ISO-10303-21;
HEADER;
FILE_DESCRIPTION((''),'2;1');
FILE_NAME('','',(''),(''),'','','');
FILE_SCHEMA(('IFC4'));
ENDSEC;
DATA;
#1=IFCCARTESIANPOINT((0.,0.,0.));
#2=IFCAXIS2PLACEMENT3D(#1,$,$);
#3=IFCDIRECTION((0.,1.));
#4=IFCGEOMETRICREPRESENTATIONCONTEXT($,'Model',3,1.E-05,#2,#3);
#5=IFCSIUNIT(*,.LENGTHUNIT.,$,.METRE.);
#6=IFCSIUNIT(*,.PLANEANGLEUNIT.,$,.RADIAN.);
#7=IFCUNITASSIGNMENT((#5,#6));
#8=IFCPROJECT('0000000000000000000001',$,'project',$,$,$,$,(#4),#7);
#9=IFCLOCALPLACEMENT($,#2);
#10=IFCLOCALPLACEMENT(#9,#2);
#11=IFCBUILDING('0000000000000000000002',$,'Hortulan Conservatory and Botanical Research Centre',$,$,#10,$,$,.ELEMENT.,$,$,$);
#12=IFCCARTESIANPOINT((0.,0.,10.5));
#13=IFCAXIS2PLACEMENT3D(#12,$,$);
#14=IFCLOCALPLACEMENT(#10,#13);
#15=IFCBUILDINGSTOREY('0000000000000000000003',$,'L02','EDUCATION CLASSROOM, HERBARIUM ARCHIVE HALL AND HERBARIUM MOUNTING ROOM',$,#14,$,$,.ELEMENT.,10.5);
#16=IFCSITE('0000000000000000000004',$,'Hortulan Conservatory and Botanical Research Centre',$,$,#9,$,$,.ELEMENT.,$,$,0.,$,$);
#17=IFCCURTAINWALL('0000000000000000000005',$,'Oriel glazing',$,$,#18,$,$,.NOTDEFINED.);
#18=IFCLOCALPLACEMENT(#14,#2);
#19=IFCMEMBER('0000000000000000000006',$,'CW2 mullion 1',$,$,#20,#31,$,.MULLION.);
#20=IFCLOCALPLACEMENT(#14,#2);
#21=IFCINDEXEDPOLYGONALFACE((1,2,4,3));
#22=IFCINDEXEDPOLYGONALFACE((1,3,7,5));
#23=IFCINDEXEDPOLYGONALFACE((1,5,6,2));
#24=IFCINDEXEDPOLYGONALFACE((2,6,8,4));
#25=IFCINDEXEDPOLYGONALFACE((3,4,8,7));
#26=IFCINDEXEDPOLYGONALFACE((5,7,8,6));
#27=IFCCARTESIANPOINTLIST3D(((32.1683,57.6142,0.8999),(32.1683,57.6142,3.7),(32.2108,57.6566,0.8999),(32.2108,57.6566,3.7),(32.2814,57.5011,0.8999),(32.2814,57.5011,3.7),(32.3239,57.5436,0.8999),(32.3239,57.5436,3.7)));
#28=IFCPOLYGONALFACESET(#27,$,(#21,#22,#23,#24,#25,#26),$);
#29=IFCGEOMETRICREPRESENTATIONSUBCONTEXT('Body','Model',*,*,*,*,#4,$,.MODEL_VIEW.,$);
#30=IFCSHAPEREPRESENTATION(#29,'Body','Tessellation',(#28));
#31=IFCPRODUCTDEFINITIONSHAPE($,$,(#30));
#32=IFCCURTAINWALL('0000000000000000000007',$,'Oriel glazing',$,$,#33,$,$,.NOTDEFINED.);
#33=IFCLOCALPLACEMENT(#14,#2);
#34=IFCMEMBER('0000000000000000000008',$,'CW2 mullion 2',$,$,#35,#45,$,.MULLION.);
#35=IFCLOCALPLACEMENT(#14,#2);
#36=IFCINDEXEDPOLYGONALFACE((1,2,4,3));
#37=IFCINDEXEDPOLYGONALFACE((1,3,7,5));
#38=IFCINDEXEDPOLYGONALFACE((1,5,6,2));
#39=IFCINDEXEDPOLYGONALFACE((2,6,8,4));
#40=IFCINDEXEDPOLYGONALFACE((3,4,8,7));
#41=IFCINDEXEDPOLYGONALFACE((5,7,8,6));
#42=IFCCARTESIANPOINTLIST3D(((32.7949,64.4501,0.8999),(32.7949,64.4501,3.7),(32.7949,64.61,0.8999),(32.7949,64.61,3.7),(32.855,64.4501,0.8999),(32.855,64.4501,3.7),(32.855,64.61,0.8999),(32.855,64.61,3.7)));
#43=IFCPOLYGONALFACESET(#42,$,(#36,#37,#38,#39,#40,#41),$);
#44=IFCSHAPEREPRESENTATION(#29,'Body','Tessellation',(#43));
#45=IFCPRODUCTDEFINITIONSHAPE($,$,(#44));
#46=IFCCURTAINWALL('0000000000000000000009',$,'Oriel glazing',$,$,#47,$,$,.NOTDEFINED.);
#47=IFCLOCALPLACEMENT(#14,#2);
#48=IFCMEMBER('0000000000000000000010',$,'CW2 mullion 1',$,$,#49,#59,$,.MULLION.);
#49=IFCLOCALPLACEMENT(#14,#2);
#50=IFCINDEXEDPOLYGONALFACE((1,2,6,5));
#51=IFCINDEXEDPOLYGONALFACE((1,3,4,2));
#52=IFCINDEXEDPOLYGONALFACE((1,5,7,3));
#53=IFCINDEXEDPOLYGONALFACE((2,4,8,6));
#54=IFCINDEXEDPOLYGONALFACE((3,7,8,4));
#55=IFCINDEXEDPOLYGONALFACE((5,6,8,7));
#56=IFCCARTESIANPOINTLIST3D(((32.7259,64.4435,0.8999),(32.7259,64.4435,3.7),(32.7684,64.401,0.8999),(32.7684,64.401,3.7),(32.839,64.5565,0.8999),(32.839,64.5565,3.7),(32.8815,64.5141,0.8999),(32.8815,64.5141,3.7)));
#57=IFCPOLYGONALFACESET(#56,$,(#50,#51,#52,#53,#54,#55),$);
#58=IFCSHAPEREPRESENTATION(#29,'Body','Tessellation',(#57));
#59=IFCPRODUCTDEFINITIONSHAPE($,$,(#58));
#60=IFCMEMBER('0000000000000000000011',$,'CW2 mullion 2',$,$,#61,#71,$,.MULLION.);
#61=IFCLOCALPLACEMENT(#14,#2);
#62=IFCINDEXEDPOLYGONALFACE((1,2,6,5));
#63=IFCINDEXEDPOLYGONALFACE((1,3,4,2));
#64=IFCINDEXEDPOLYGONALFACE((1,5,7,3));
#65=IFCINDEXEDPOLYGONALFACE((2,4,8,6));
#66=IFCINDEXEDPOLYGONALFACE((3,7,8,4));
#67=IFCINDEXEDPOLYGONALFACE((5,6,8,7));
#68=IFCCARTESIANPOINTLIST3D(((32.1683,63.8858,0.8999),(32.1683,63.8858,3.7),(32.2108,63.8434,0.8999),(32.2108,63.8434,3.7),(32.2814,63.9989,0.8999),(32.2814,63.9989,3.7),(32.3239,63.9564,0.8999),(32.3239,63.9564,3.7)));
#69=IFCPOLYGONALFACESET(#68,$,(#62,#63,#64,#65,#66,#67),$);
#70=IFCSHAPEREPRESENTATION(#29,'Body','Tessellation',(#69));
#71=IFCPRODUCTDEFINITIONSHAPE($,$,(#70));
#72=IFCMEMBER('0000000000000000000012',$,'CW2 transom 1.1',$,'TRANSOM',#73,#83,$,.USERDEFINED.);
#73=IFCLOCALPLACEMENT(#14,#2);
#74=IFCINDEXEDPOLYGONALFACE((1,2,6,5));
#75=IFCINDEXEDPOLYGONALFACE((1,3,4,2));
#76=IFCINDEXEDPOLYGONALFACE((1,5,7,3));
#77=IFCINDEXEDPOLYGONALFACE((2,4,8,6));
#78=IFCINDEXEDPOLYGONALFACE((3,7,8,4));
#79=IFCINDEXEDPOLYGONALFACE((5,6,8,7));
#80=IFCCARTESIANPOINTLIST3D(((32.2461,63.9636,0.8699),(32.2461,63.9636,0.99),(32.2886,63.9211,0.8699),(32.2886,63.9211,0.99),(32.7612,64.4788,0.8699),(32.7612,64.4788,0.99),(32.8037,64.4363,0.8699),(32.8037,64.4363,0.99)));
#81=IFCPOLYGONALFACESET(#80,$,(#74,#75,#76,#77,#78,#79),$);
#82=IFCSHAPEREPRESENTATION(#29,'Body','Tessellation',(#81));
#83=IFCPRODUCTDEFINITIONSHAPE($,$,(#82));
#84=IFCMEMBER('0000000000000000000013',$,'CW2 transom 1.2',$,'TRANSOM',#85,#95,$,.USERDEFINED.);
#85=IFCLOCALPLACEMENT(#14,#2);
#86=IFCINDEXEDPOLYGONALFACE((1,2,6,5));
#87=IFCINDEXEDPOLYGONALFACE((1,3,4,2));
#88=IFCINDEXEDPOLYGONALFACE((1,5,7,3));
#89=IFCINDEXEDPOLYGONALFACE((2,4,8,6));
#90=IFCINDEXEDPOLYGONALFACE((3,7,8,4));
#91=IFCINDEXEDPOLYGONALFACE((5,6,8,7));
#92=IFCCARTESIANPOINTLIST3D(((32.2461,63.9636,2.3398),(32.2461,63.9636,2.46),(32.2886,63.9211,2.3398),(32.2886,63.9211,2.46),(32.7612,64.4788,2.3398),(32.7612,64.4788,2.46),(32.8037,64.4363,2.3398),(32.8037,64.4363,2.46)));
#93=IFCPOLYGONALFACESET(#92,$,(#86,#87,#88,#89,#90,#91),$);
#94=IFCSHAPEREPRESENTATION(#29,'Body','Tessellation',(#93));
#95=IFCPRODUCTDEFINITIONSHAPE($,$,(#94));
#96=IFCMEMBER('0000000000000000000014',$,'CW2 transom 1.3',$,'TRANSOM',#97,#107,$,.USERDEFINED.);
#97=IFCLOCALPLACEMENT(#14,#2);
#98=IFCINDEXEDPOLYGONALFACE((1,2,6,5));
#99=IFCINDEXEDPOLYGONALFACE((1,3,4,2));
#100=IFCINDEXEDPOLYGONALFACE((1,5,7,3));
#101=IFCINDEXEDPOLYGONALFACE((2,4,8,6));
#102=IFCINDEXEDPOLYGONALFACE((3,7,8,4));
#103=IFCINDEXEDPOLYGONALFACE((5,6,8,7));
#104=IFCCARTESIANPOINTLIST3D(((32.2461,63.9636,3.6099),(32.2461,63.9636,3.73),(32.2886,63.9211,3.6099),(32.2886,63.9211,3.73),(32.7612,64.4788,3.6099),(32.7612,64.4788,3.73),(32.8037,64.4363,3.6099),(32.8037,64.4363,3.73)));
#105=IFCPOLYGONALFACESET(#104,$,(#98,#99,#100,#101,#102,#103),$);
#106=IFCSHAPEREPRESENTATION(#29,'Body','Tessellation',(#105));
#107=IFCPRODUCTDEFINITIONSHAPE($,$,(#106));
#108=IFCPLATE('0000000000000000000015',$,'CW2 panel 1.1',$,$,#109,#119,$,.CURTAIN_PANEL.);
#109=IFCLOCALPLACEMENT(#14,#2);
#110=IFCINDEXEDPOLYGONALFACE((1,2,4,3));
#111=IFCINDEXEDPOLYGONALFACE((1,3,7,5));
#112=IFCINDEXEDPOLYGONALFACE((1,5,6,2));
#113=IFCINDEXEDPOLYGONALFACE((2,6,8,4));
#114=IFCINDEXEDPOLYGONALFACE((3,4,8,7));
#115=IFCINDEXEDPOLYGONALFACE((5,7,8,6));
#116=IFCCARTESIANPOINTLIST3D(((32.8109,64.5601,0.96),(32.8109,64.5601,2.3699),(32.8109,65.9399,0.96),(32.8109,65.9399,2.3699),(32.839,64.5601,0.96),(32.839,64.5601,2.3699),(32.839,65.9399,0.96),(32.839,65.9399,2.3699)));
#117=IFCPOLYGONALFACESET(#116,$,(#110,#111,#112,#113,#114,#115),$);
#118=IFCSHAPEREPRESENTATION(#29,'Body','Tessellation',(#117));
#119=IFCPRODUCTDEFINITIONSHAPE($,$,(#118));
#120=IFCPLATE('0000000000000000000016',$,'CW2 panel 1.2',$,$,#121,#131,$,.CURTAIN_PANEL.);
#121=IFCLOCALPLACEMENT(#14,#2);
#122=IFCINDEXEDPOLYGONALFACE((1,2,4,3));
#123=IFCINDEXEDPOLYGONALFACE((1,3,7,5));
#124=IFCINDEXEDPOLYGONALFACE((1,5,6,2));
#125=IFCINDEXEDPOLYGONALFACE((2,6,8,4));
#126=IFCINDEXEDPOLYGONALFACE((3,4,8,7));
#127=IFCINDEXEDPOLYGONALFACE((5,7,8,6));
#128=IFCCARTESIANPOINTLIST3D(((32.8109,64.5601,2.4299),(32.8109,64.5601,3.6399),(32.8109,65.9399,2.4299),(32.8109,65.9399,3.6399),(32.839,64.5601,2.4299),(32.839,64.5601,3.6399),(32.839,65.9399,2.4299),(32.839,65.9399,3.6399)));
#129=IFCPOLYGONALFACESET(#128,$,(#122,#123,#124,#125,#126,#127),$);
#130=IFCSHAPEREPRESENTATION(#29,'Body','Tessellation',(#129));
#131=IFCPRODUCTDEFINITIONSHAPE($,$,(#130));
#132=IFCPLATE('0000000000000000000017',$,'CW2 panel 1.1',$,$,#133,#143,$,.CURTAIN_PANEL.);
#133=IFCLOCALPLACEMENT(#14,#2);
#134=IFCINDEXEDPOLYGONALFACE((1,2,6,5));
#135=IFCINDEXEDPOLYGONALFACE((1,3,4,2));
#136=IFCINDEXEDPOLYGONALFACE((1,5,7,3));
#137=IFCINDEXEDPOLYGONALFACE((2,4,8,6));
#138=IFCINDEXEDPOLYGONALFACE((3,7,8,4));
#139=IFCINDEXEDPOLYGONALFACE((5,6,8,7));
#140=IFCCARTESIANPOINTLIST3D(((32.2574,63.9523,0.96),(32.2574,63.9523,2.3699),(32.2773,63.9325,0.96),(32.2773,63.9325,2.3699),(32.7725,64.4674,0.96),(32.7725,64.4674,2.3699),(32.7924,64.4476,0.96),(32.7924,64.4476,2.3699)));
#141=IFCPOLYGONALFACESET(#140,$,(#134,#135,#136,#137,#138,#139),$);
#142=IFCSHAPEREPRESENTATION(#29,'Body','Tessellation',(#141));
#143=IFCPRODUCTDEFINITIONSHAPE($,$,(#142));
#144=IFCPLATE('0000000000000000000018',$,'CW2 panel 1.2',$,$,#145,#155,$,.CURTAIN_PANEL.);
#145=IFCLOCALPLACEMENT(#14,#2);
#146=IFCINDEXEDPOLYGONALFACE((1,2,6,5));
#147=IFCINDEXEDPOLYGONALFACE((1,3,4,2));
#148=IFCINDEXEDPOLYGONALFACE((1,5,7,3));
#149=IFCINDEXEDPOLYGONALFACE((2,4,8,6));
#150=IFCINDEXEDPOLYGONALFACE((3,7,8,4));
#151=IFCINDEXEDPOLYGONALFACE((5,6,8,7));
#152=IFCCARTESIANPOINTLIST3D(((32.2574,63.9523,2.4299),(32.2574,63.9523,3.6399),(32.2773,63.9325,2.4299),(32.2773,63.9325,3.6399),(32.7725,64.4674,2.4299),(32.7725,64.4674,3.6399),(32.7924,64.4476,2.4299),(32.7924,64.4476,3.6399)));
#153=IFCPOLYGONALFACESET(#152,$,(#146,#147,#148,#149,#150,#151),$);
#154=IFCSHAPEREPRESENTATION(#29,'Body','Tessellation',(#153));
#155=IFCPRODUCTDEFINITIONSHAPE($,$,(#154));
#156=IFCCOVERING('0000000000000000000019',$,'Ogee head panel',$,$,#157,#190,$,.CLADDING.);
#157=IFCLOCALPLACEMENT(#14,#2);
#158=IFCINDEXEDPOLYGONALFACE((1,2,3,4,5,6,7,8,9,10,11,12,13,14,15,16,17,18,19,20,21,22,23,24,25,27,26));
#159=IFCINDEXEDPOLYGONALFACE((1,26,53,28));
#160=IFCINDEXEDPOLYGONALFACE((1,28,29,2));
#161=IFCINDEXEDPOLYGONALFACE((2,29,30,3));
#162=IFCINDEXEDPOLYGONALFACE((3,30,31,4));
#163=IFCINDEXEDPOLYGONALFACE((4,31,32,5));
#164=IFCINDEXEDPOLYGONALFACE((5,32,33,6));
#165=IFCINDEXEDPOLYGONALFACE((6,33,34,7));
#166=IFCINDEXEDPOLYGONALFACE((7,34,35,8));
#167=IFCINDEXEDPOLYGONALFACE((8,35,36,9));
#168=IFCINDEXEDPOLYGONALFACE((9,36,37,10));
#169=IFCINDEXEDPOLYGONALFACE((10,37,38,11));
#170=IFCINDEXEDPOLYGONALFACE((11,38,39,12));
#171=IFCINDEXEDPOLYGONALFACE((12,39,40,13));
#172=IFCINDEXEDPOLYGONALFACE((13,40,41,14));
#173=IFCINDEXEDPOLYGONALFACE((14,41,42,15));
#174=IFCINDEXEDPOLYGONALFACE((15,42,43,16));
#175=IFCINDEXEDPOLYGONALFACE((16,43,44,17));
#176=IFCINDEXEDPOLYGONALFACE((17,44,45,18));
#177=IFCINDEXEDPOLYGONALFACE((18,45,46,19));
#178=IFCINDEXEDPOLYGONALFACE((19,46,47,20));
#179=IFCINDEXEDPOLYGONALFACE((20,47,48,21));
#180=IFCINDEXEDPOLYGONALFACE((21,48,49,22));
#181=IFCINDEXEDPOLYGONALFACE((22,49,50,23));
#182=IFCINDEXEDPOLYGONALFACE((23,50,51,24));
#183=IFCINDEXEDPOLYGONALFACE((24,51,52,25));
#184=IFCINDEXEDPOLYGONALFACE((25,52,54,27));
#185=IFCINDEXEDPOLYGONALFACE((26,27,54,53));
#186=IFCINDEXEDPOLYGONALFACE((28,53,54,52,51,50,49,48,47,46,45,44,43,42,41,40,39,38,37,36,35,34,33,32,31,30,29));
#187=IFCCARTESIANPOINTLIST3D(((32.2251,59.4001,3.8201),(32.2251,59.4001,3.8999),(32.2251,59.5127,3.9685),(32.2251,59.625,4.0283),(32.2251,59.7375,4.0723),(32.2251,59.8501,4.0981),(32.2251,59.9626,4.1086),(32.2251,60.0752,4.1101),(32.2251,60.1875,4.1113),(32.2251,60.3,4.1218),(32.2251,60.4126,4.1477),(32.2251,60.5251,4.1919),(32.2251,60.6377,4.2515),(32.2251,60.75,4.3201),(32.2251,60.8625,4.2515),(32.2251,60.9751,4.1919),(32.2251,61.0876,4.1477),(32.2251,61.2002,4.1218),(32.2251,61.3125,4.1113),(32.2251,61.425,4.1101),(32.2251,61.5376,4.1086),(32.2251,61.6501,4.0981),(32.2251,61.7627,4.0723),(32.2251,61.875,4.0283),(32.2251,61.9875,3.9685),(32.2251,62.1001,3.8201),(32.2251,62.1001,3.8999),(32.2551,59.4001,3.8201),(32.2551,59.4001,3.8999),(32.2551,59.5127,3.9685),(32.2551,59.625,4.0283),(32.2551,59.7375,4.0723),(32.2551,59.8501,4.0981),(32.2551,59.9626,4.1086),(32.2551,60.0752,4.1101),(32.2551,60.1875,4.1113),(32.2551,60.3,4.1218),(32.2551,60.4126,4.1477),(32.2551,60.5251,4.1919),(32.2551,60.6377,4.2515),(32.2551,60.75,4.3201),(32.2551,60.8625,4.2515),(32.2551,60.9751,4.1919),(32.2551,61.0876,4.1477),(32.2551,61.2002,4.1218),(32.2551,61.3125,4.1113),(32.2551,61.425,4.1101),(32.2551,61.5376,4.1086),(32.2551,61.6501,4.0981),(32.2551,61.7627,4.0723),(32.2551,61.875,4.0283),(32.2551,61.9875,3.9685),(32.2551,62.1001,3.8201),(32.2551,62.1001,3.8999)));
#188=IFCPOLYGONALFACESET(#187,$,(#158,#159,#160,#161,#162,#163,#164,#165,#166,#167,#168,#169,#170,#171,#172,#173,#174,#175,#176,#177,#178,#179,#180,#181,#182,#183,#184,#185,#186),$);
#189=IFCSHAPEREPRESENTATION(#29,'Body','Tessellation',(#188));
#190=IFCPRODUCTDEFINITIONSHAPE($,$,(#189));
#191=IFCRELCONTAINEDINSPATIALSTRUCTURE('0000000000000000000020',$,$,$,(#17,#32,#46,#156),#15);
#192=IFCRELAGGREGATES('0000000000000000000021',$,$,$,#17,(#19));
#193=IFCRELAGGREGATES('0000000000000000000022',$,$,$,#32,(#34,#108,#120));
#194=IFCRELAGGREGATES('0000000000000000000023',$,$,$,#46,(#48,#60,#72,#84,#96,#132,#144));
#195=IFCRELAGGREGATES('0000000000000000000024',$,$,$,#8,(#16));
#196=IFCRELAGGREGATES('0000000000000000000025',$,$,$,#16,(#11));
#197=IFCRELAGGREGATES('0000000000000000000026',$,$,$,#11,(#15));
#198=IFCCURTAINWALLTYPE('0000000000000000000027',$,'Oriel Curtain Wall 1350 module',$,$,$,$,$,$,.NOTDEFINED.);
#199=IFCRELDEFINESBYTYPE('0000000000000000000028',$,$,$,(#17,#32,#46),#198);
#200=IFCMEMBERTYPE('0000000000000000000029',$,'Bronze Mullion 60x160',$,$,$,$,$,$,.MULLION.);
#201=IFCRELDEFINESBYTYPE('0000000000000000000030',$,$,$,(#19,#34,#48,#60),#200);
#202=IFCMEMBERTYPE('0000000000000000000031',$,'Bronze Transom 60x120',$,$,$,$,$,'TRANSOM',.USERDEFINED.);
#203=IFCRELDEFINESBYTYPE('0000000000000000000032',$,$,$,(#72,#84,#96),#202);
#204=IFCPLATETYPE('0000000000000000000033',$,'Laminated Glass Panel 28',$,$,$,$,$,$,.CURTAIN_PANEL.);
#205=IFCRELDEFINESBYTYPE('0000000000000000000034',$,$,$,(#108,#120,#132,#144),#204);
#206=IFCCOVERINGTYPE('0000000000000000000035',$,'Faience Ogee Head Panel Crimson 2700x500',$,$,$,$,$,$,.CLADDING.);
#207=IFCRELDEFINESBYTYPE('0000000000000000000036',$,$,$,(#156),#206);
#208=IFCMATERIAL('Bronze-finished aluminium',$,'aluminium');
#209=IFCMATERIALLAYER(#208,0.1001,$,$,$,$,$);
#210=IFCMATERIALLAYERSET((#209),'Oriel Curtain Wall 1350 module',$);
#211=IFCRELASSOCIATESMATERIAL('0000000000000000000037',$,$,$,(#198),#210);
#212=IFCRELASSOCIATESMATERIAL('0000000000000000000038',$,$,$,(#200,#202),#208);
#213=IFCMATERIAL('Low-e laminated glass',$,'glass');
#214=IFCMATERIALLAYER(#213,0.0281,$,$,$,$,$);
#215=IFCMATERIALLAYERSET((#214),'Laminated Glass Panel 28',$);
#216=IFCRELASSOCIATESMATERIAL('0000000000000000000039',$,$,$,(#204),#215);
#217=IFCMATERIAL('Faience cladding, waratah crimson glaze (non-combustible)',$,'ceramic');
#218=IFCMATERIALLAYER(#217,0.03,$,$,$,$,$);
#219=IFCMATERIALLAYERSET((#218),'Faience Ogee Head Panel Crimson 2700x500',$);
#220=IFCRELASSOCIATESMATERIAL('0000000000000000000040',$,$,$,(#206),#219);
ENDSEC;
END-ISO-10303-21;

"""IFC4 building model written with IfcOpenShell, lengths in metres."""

from ifc_helpers import new_model, si_unit, direction, frame, origin, origin_2d, place, context, subcontext, project, spatial, polyline, rectangle, outline, extrude, material, layer, layer_set, material_profile, profile_set, type_object, element, aggregate, save


model = new_model("IFC4")

# Units and contexts
model_context = context("Model", 3, precision=1e-05, world=origin(), true_north=direction((0.0, 1.0)))
body_context = subcontext(model_context, "Body", "Model", "MODEL_VIEW")
ifc_project = project(units=[si_unit("LENGTHUNIT", "METRE"), si_unit("PLANEANGLEUNIT", "RADIAN")], contexts=[model_context])

# Site, building, storey
site_placement = place(None, origin())
site = spatial("IfcSite", under=ifc_project, at=site_placement, Name="Hortulan Conservatory and Botanical Research Centre", CompositionType="ELEMENT", RefElevation=0.0)
building_placement = place(site_placement, origin())
building = spatial("IfcBuilding", under=site, at=building_placement, Name="Hortulan Conservatory and Botanical Research Centre", CompositionType="ELEMENT")
storey_placement = place(building_placement, frame((0.0, 0.0, 10.5)))
storey = spatial("IfcBuildingStorey", under=building, at=storey_placement, Name="L02", Description="EDUCATION CLASSROOM, HERBARIUM ARCHIVE HALL AND HERBARIUM MOUNTING ROOM", CompositionType="ELEMENT", Elevation=10.5)

# Curtain walls, members
ifc_material_1 = material(Name="Bronze-finished aluminium", Category="aluminium")
ifc_layer_1 = layer(ifc_material_1, 0.1001)
ifc_layer_set_1 = layer_set([ifc_layer_1], Name="Oriel Curtain Wall 1350 module")
curtain_wall_type = type_object("IfcCurtainWallType", Name="Oriel Curtain Wall 1350 module", PredefinedType="NOTDEFINED", material=ifc_layer_set_1)
curtain_wall_1_placement = place(storey_placement, origin())
curtain_wall_1 = element("IfcCurtainWall", 1, at=curtain_wall_1_placement, inside=storey, type_object=curtain_wall_type, Name="Oriel glazing", PredefinedType="NOTDEFINED")
ifc_material_profile_1 = material_profile(ifc_material_1, rectangle(XDim=0.0601, YDim=0.1599, at=origin_2d()), Name="Bronze Mullion 60x160")
ifc_profile_set_1 = profile_set([ifc_material_profile_1], Name="Bronze-finished aluminium")
member_type_1 = type_object("IfcMemberType", Name="Bronze Mullion 60x160", PredefinedType="MULLION", material=ifc_profile_set_1)
member_1_placement = place(storey_placement, frame((32.2461, 57.5789, 0.8999), z_axis=(0.0, 0.0, 1.0), x_axis=(0.707107, 0.707107, 0.0)))
member_1 = element("IfcMember", 2, at=member_1_placement, type_object=member_type_1, Name="CW2 mullion 1", PredefinedType="MULLION", context=body_context, shape_type="SweptSolid", body=[
    extrude(rectangle(XDim=0.0601, YDim=0.1599, at=origin_2d()), origin(), (0.0, 0.0, 1.0), 2.8),
])
aggregate(curtain_wall_1, [member_1])
curtain_wall_2_placement = place(storey_placement, origin())
curtain_wall_2 = element("IfcCurtainWall", 3, at=curtain_wall_2_placement, inside=storey, type_object=curtain_wall_type, Name="Oriel glazing", PredefinedType="NOTDEFINED")
member_2_placement = place(storey_placement, frame((32.825, 64.53, 0.8999), z_axis=(0.0, 0.0, 1.0), x_axis=(1.0, 0.0, 0.0)))
member_2 = element("IfcMember", 4, at=member_2_placement, type_object=member_type_1, Name="CW2 mullion 2", PredefinedType="MULLION", context=body_context, shape_type="SweptSolid", body=[
    extrude(rectangle(XDim=0.0601, YDim=0.1599, at=origin_2d()), origin(), (0.0, 0.0, 1.0), 2.8),
])

# Curtain wall, members
curtain_wall_3_placement = place(storey_placement, origin())
curtain_wall_3 = element("IfcCurtainWall", 5, at=curtain_wall_3_placement, inside=storey, type_object=curtain_wall_type, Name="Oriel glazing", PredefinedType="NOTDEFINED")
member_3_placement = place(storey_placement, frame((32.8037, 64.4788, 0.8999), z_axis=(0.0, 0.0, 1.0), x_axis=(0.707107, -0.707107, 0.0)))
member_3 = element("IfcMember", 6, at=member_3_placement, type_object=member_type_1, Name="CW2 mullion 1", PredefinedType="MULLION", context=body_context, shape_type="SweptSolid", body=[
    extrude(rectangle(XDim=0.0601, YDim=0.1599, at=origin_2d()), origin(), (0.0, 0.0, 1.0), 2.8),
])
member_4_placement = place(storey_placement, frame((32.2461, 63.9211, 0.8999), z_axis=(0.0, 0.0, 1.0), x_axis=(0.707107, -0.707107, 0.0)))
member_4 = element("IfcMember", 7, at=member_4_placement, type_object=member_type_1, Name="CW2 mullion 2", PredefinedType="MULLION", context=body_context, shape_type="SweptSolid", body=[
    extrude(rectangle(XDim=0.0601, YDim=0.1599, at=origin_2d()), origin(), (0.0, 0.0, 1.0), 2.8),
])
ifc_material_profile_2 = material_profile(ifc_material_1, rectangle(XDim=0.0601, YDim=0.1201, at=origin_2d()), Name="Bronze Transom 60x120")
ifc_profile_set_2 = profile_set([ifc_material_profile_2], Name="Bronze-finished aluminium")
member_type_2 = type_object("IfcMemberType", Name="Bronze Transom 60x120", ElementType="TRANSOM", PredefinedType="USERDEFINED", material=ifc_profile_set_2)
member_5_placement = place(storey_placement, frame((32.7825, 64.4575, 0.9299), z_axis=(-0.707107, -0.707107, 0.0), x_axis=(0.707107, -0.707107, 0.0)))
member_5 = element("IfcMember", 8, at=member_5_placement, type_object=member_type_2, Name="CW2 transom 1.1", ObjectType="TRANSOM", PredefinedType="USERDEFINED", context=body_context, shape_type="SweptSolid", body=[
    extrude(rectangle(XDim=0.0601, YDim=0.1201, at=origin_2d()), origin(), (0.0, 0.0, 1.0), 0.7285),
])
member_6_placement = place(storey_placement, frame((32.7825, 64.4575, 2.3999), z_axis=(-0.707107, -0.707107, 0.0), x_axis=(0.707107, -0.707107, 0.0)))
member_6 = element("IfcMember", 9, at=member_6_placement, type_object=member_type_2, Name="CW2 transom 1.2", ObjectType="TRANSOM", PredefinedType="USERDEFINED", context=body_context, shape_type="SweptSolid", body=[
    extrude(rectangle(XDim=0.0601, YDim=0.1201, at=origin_2d()), origin(), (0.0, 0.0, 1.0), 0.7285),
])
member_7_placement = place(storey_placement, frame((32.7825, 64.4575, 3.6699), z_axis=(-0.707107, -0.707107, 0.0), x_axis=(0.707107, -0.707107, 0.0)))
member_7 = element("IfcMember", 10, at=member_7_placement, type_object=member_type_2, Name="CW2 transom 1.3", ObjectType="TRANSOM", PredefinedType="USERDEFINED", context=body_context, shape_type="SweptSolid", body=[
    extrude(rectangle(XDim=0.0601, YDim=0.1201, at=origin_2d()), origin(), (0.0, 0.0, 1.0), 0.7285),
])

# Plates
ifc_material_2 = material(Name="Low-e laminated glass", Category="glass")
ifc_layer_2 = layer(ifc_material_2, 0.0281)
ifc_layer_set_2 = layer_set([ifc_layer_2], Name="Laminated Glass Panel 28")
plate_type = type_object("IfcPlateType", Name="Laminated Glass Panel 28", PredefinedType="CURTAIN_PANEL", material=ifc_layer_set_2)
plate_1_placement = place(storey_placement, frame((32.825, 65.25, 0.96), z_axis=(0.0, 0.0, 1.0), x_axis=(0.0, -1.0, 0.0)))
plate_1 = element("IfcPlate", 11, at=plate_1_placement, type_object=plate_type, Name="CW2 panel 1.1", PredefinedType="CURTAIN_PANEL", context=body_context, shape_type="SweptSolid", body=[
    extrude(rectangle(XDim=1.3799, YDim=0.0281, at=origin_2d()), origin(), (0.0, 0.0, 1.0), 1.4099),
])
plate_2_placement = place(storey_placement, frame((32.825, 65.25, 2.4299), z_axis=(0.0, 0.0, 1.0), x_axis=(0.0, -1.0, 0.0)))
plate_2 = element("IfcPlate", 12, at=plate_2_placement, type_object=plate_type, Name="CW2 panel 1.2", PredefinedType="CURTAIN_PANEL", context=body_context, shape_type="SweptSolid", body=[
    extrude(rectangle(XDim=1.3799, YDim=0.0281, at=origin_2d()), origin(), (0.0, 0.0, 1.0), 1.21),
])
aggregate(curtain_wall_2, [member_2, plate_1, plate_2])
plate_3_placement = place(storey_placement, frame((32.5249, 64.2, 0.96), z_axis=(0.0, 0.0, 1.0), x_axis=(-0.707107, -0.707107, 0.0)))
plate_3 = element("IfcPlate", 13, at=plate_3_placement, type_object=plate_type, Name="CW2 panel 1.1", PredefinedType="CURTAIN_PANEL", context=body_context, shape_type="SweptSolid", body=[
    extrude(rectangle(XDim=0.7285, YDim=0.0281, at=origin_2d()), origin(), (0.0, 0.0, 1.0), 1.4099),
])
plate_4_placement = place(storey_placement, frame((32.5249, 64.2, 2.4299), z_axis=(0.0, 0.0, 1.0), x_axis=(-0.707107, -0.707107, 0.0)))
plate_4 = element("IfcPlate", 14, at=plate_4_placement, type_object=plate_type, Name="CW2 panel 1.2", PredefinedType="CURTAIN_PANEL", context=body_context, shape_type="SweptSolid", body=[
    extrude(rectangle(XDim=0.7285, YDim=0.0281, at=origin_2d()), origin(), (0.0, 0.0, 1.0), 1.21),
])
aggregate(curtain_wall_3, [member_3, member_4, member_5, member_6, member_7, plate_3, plate_4])

# Covering
ifc_material_3 = material(Name="Faience cladding, waratah crimson glaze (non-combustible)", Category="ceramic")
ifc_layer_3 = layer(ifc_material_3, 0.03)
ifc_layer_set_3 = layer_set([ifc_layer_3], Name="Faience Ogee Head Panel Crimson 2700x500")
covering_type_1 = type_object("IfcCoveringType", Name="Faience Ogee Head Panel Crimson 2700x500", PredefinedType="CLADDING", material=ifc_layer_set_3)
covering_1_placement = place(storey_placement, frame((32.24, 62.1001, 3.8201), z_axis=(0.0, 0.0, 1.0), x_axis=(0.0, -1.0, 0.0)))
element("IfcCovering", 15, at=covering_1_placement, inside=storey, type_object=covering_type_1, Name="Ogee head panel", PredefinedType="CLADDING", context=body_context, shape_type="SweptSolid", body=[
    extrude(outline(polyline([(0.0, 0.0), (2.7, 0.0), (2.7, 0.0798), (2.5874, 0.1484), (2.4751, 0.2083), (2.3625, 0.2522), (2.25, 0.2781), (2.1375, 0.2886), (2.0249, 0.29), (1.9126, 0.2913), (1.8, 0.3018), (1.6875, 0.3276), (1.575, 0.3718), (1.4624, 0.4314), (1.3501, 0.5), (1.2375, 0.4314), (1.125, 0.3718), (1.0125, 0.3276), (0.8999, 0.3018), (0.7876, 0.2913), (0.675, 0.29), (0.5625, 0.2886), (0.45, 0.2781), (0.3374, 0.2522), (0.2251, 0.2083), (0.1125, 0.1484), (0.0, 0.0798), (0.0, 0.0)])), frame((0.0, 0.0151, 0.0), z_axis=(0.0, -1.0, 0.0), x_axis=(1.0, 0.0, 0.0)), (0.0, 0.0, 1.0), 0.03),
])

save(model, "model.ifc")
